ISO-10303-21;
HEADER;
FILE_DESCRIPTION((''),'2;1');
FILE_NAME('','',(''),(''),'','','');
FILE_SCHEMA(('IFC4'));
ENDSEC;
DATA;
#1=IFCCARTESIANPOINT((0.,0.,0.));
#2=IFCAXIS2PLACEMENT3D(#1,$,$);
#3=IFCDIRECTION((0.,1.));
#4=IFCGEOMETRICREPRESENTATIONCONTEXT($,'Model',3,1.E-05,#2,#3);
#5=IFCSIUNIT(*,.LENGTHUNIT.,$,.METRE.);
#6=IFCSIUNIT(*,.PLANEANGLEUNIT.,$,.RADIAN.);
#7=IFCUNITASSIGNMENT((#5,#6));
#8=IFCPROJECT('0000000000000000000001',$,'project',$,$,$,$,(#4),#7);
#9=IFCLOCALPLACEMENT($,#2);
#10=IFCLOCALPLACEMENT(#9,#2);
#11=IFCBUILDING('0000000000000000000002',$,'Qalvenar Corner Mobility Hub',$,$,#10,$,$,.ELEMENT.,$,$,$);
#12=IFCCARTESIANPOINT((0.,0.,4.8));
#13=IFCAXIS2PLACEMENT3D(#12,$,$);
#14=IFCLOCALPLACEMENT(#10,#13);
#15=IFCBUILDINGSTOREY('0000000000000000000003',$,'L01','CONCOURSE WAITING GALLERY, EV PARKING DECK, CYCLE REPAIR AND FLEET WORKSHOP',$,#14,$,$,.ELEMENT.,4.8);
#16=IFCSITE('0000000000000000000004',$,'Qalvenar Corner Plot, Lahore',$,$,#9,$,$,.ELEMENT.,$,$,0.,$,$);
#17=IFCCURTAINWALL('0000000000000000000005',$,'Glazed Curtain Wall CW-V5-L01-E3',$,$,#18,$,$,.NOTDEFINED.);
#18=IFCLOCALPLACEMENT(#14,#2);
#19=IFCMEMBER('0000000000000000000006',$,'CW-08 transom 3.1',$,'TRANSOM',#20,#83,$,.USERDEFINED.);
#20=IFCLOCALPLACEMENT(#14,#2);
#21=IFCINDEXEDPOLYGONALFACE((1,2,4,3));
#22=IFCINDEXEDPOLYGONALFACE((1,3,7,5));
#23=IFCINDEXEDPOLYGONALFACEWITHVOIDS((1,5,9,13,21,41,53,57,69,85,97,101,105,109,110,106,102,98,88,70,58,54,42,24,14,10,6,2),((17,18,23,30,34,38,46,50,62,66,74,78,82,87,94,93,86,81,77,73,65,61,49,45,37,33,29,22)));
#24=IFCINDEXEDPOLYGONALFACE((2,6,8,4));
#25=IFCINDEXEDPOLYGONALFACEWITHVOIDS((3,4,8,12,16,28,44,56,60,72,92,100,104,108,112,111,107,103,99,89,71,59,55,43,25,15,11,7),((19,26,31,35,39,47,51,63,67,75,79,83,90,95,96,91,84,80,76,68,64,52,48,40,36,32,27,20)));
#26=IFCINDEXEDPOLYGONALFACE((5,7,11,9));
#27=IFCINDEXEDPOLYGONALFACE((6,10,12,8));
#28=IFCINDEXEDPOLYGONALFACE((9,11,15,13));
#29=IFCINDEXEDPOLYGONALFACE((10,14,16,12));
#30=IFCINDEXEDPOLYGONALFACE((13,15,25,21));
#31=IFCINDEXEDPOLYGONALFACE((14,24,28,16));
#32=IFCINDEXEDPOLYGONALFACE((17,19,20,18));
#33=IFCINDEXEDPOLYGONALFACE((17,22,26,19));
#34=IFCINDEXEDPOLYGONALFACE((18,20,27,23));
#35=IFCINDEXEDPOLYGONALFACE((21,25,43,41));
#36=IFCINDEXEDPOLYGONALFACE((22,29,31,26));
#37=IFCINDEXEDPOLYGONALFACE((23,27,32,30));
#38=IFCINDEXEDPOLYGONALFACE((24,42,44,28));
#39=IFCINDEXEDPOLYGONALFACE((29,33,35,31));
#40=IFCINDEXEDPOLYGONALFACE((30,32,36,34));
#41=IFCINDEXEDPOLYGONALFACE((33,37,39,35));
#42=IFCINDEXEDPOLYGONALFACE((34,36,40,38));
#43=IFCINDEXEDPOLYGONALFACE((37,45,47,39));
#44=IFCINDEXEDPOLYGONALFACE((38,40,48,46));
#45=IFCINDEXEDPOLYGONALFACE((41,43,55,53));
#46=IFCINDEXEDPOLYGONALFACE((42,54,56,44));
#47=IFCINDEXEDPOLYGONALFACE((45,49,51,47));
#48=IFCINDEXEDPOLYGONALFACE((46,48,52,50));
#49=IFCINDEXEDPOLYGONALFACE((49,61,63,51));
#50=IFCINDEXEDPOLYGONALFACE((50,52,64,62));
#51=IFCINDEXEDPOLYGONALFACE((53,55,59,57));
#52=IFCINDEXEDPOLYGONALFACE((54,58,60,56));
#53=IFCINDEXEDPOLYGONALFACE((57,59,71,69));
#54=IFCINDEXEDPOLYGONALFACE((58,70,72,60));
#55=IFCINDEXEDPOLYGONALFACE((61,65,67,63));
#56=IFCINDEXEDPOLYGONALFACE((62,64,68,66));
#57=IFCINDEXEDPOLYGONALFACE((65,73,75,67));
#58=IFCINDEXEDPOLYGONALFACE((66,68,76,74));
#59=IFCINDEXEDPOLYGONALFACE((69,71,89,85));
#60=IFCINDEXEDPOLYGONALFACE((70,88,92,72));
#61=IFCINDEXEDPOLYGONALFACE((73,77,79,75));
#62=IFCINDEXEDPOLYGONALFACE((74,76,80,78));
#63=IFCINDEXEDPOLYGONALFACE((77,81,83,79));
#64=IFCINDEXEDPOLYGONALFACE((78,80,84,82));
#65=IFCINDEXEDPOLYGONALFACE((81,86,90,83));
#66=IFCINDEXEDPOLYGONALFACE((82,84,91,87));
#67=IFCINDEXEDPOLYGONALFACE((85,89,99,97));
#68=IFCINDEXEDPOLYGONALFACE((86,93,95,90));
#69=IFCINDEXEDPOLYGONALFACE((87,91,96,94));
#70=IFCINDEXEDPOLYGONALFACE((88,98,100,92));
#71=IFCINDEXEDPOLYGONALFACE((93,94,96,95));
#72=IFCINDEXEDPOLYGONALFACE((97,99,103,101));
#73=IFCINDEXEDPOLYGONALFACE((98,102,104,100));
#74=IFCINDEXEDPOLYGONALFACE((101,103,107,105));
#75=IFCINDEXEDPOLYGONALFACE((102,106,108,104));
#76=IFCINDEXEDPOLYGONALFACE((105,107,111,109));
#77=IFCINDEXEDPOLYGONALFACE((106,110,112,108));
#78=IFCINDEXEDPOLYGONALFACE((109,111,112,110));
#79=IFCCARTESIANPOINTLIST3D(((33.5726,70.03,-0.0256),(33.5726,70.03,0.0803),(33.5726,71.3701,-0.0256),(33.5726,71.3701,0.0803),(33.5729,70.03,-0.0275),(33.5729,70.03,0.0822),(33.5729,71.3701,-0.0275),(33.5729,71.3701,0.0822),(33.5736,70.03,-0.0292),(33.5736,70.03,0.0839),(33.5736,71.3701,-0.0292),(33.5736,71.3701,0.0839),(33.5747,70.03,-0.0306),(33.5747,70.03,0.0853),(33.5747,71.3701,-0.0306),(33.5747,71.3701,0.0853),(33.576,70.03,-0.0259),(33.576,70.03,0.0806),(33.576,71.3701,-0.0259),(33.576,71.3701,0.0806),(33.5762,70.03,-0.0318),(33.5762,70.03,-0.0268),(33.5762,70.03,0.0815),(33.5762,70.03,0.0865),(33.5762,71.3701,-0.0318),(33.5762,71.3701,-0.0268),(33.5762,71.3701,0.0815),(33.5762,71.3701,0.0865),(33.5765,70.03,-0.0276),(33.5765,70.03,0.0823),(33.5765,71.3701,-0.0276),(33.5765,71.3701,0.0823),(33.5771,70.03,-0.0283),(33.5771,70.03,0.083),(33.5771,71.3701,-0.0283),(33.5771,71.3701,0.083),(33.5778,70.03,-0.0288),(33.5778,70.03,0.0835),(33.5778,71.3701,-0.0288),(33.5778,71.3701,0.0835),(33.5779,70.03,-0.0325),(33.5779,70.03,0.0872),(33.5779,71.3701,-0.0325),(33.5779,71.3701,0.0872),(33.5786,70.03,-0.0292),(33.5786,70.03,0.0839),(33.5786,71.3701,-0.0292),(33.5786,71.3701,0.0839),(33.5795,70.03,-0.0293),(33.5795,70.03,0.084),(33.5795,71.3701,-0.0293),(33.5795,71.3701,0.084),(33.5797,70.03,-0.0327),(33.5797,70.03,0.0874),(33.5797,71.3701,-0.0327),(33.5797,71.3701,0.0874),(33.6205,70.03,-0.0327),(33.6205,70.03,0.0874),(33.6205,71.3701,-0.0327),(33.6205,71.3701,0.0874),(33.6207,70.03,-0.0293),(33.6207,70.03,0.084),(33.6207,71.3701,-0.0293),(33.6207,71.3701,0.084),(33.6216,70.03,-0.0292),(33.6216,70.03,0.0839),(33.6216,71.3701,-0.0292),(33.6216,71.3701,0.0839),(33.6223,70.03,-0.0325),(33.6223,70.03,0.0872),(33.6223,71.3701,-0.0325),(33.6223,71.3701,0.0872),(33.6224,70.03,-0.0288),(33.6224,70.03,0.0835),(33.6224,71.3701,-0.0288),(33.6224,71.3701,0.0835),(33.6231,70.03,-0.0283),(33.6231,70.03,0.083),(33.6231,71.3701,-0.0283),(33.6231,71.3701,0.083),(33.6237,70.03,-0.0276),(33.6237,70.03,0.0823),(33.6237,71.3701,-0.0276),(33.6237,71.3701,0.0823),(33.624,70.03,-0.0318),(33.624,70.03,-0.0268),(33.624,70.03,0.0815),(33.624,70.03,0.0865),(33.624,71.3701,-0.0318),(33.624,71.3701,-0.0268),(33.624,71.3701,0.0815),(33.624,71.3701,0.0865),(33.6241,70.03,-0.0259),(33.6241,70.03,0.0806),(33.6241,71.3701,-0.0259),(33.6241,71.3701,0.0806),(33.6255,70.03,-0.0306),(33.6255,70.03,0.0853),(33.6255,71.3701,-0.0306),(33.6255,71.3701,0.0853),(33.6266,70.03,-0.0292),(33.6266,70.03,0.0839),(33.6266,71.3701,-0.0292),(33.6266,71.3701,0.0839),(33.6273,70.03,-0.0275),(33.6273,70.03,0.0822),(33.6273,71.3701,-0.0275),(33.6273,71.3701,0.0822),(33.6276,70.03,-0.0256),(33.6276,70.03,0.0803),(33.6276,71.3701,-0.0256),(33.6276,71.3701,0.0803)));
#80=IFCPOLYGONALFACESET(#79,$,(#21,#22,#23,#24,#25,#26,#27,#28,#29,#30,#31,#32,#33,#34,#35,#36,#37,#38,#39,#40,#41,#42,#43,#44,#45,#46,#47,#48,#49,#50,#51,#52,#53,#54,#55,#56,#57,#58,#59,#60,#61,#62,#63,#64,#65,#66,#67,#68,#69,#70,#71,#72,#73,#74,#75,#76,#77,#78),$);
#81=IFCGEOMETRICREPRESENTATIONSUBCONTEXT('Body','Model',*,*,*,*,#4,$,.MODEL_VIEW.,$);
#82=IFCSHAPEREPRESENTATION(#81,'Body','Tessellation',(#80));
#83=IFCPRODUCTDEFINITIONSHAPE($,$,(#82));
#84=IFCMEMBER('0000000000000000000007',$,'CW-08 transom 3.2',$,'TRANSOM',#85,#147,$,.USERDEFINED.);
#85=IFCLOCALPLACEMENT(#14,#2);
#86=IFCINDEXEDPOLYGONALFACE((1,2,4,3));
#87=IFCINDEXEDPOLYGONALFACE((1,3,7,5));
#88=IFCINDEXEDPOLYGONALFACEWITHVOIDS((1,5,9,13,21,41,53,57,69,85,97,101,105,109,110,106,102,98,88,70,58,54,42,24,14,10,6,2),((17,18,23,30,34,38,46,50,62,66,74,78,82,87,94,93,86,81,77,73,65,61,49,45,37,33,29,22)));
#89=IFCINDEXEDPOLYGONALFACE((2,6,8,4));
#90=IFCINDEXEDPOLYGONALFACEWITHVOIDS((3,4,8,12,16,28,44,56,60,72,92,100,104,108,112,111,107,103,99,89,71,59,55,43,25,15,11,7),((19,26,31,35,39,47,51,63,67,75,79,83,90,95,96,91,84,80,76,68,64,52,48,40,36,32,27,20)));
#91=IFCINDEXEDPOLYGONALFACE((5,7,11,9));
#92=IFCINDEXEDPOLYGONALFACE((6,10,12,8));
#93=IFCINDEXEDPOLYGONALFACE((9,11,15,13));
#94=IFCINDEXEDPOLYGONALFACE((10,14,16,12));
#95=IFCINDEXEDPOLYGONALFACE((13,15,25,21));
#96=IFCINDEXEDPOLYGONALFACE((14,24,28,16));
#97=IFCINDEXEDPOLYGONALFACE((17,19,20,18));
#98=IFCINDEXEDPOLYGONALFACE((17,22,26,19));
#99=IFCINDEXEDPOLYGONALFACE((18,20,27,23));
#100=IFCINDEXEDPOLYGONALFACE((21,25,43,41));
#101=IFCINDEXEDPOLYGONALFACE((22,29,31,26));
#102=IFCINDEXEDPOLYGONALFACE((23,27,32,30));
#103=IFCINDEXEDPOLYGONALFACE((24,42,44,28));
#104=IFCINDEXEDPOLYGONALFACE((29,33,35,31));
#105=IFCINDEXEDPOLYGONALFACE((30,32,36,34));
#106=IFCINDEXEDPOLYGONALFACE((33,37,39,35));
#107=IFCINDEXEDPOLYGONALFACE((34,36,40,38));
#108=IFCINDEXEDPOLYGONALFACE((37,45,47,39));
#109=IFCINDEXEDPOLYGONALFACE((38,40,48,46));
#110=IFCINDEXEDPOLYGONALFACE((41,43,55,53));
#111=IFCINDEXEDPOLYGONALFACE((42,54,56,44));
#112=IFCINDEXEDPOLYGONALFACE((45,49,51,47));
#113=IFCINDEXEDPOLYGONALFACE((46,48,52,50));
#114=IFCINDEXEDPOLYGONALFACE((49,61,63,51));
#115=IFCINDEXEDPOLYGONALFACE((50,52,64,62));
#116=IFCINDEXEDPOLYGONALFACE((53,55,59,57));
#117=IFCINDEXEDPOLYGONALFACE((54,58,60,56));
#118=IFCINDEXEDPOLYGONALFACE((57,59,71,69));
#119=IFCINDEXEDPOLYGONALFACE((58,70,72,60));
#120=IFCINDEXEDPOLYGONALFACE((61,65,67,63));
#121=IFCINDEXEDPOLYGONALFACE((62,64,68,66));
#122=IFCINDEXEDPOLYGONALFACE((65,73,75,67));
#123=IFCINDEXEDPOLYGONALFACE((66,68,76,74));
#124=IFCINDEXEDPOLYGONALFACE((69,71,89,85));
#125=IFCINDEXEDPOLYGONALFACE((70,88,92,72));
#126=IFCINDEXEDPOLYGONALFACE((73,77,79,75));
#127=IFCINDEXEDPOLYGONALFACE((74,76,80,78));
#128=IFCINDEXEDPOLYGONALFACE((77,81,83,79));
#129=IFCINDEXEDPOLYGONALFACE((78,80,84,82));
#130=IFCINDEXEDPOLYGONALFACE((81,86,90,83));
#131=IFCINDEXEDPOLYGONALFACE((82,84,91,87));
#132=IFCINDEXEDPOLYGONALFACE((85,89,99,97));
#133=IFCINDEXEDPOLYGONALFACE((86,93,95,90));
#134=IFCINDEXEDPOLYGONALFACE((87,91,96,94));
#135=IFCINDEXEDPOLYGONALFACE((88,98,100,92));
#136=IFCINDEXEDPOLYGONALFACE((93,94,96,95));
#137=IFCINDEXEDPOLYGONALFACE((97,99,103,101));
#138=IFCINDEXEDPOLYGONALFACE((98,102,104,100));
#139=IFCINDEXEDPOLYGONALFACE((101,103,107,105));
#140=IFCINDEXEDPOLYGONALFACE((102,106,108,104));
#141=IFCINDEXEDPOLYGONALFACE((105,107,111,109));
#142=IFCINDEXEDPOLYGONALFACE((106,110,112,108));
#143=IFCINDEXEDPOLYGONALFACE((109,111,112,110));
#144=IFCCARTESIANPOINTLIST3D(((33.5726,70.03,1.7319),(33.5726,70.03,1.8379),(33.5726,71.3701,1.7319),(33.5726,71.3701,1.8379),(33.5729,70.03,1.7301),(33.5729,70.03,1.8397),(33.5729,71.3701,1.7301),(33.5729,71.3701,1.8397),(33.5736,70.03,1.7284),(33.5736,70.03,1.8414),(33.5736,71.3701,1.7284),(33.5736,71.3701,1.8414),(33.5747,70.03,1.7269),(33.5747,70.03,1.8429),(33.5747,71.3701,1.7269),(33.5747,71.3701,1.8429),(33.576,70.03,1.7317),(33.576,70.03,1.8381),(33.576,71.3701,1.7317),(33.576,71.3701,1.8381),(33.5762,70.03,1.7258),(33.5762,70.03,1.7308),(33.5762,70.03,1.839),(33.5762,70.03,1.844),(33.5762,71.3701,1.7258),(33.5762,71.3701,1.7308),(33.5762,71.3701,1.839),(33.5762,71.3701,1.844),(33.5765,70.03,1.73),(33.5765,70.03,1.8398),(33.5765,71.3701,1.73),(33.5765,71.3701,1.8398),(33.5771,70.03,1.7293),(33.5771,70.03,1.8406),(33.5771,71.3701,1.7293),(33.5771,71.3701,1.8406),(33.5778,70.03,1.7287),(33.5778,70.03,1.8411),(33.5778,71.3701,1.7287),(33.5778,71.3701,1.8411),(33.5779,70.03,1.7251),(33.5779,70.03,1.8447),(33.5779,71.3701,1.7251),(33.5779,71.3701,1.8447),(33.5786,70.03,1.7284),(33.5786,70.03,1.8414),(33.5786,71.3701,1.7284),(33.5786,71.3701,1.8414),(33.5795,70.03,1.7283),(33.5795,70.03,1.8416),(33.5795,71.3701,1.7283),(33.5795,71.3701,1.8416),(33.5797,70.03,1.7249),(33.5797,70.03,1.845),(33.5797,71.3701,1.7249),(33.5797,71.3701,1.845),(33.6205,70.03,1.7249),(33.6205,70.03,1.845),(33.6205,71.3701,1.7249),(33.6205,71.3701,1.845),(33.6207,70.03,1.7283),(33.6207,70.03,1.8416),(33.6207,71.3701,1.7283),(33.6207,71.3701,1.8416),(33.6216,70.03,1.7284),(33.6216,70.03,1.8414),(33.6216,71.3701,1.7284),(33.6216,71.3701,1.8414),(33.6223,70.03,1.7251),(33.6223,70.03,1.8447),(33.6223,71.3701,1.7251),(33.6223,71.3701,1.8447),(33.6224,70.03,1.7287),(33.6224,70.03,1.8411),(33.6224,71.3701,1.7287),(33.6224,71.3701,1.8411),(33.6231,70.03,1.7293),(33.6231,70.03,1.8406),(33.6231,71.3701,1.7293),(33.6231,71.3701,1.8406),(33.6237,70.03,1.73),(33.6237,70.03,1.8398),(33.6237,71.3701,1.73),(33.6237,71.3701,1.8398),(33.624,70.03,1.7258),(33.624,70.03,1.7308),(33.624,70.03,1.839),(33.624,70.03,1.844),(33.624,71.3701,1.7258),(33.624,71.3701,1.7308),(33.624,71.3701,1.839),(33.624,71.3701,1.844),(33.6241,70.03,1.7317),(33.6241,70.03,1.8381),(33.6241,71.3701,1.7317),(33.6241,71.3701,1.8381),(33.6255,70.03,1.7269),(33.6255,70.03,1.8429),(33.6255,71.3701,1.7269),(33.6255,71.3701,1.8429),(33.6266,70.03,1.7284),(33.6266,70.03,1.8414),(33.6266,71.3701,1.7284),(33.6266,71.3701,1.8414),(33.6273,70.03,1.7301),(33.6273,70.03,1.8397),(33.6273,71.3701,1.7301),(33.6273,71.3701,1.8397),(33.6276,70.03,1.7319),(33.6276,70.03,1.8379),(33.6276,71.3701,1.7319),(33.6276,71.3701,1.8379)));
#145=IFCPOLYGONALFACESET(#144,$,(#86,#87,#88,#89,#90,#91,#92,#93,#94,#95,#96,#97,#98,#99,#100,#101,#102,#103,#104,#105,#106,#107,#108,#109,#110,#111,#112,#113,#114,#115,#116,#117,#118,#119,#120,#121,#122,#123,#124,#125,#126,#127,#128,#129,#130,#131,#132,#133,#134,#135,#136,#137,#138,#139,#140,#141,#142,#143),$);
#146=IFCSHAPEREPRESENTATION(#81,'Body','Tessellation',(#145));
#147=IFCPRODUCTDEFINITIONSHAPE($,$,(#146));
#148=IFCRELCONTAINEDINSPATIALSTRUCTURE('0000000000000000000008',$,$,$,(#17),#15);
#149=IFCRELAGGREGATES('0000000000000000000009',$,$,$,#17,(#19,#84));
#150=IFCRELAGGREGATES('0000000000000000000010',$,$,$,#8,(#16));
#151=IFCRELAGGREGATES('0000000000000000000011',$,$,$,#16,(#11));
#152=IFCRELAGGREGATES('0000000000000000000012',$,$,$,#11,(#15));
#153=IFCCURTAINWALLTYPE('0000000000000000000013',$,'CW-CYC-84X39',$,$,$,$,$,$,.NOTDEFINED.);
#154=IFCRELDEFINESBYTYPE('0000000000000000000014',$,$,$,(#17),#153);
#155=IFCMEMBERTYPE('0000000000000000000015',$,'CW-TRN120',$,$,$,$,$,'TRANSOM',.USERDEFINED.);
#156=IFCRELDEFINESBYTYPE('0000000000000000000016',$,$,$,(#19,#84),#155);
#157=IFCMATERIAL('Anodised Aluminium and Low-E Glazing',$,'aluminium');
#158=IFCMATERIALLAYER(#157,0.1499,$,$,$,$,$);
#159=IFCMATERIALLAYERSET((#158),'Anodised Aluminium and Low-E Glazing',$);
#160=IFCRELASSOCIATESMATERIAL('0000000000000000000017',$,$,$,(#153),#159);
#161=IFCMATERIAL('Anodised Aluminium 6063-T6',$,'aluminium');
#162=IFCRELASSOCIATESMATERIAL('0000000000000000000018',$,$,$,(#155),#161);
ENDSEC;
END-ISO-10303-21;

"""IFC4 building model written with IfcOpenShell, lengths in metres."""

from ifc_helpers import new_model, si_unit, direction, frame, origin, origin_2d, place, context, subcontext, project, spatial, hollow_rectangle, extrude, material, layer, layer_set, material_profile, profile_set, type_object, element, aggregate, save


model = new_model("IFC4")

# Units and contexts
model_context = context("Model", 3, precision=1e-05, world=origin(), true_north=direction((0.0, 1.0)))
body_context = subcontext(model_context, "Body", "Model", "MODEL_VIEW")
ifc_project = project(units=[si_unit("LENGTHUNIT", "METRE"), si_unit("PLANEANGLEUNIT", "RADIAN")], contexts=[model_context])

# Site, building, storey
site_placement = place(None, origin())
site = spatial("IfcSite", under=ifc_project, at=site_placement, Name="Qalvenar Corner Plot, Lahore", CompositionType="ELEMENT", RefElevation=0.0)
building_placement = place(site_placement, origin())
building = spatial("IfcBuilding", under=site, at=building_placement, Name="Qalvenar Corner Mobility Hub", CompositionType="ELEMENT")
storey_placement = place(building_placement, frame((0.0, 0.0, 4.8)))
storey = spatial("IfcBuildingStorey", under=building, at=storey_placement, Name="L01", Description="CONCOURSE WAITING GALLERY, EV PARKING DECK, CYCLE REPAIR AND FLEET WORKSHOP", CompositionType="ELEMENT", Elevation=4.8)

# Curtain wall, members
ifc_material_1 = material(Name="Anodised Aluminium and Low-E Glazing", Category="aluminium")
ifc_layer_1 = layer(ifc_material_1, 0.1499)
ifc_layer_set_1 = layer_set([ifc_layer_1], Name="Anodised Aluminium and Low-E Glazing")
curtain_wall_type = type_object("IfcCurtainWallType", Name="CW-CYC-84X39", PredefinedType="NOTDEFINED", material=ifc_layer_set_1)
curtain_wall_placement = place(storey_placement, origin())
curtain_wall = element("IfcCurtainWall", 1, at=curtain_wall_placement, inside=storey, type_object=curtain_wall_type, Name="Glazed Curtain Wall CW-V5-L01-E3", PredefinedType="NOTDEFINED")
ifc_material_2 = material(Name="Anodised Aluminium 6063-T6", Category="aluminium")
ifc_material_profile_1 = material_profile(ifc_material_2, hollow_rectangle(XDim=0.0549, YDim=0.1201, WallThickness=0.0034, InnerFilletRadius=0.0034, OuterFilletRadius=0.0071, at=origin_2d()), Name="RHS120x55x3.5")
ifc_profile_set_1 = profile_set([ifc_material_profile_1], Name="Anodised Aluminium 6063-T6")
member_type_1 = type_object("IfcMemberType", Name="CW-TRN120", ElementType="TRANSOM", PredefinedType="USERDEFINED", material=ifc_profile_set_1)
member_1_placement = place(storey_placement, frame((33.6001, 70.03, 0.0273), z_axis=(0.0, 1.0, 0.0), x_axis=(-1.0, 0.0, 0.0)))
member_1 = element("IfcMember", 2, at=member_1_placement, type_object=member_type_1, Name="CW-08 transom 3.1", ObjectType="TRANSOM", PredefinedType="USERDEFINED", context=body_context, shape_type="SweptSolid", body=[
    extrude(hollow_rectangle(XDim=0.0549, YDim=0.1201, WallThickness=0.0034, InnerFilletRadius=0.0034, OuterFilletRadius=0.0071, at=origin_2d()), origin(), (0.0, 0.0, 1.0), 1.3401),
])
member_2_placement = place(storey_placement, frame((33.6001, 70.03, 1.7849), z_axis=(0.0, 1.0, 0.0), x_axis=(-1.0, 0.0, 0.0)))
member_2 = element("IfcMember", 3, at=member_2_placement, type_object=member_type_1, Name="CW-08 transom 3.2", ObjectType="TRANSOM", PredefinedType="USERDEFINED", context=body_context, shape_type="SweptSolid", body=[
    extrude(hollow_rectangle(XDim=0.0549, YDim=0.1201, WallThickness=0.0034, InnerFilletRadius=0.0034, OuterFilletRadius=0.0071, at=origin_2d()), origin(), (0.0, 0.0, 1.0), 1.3401),
])
aggregate(curtain_wall, [member_1, member_2])

save(model, "model.ifc")
